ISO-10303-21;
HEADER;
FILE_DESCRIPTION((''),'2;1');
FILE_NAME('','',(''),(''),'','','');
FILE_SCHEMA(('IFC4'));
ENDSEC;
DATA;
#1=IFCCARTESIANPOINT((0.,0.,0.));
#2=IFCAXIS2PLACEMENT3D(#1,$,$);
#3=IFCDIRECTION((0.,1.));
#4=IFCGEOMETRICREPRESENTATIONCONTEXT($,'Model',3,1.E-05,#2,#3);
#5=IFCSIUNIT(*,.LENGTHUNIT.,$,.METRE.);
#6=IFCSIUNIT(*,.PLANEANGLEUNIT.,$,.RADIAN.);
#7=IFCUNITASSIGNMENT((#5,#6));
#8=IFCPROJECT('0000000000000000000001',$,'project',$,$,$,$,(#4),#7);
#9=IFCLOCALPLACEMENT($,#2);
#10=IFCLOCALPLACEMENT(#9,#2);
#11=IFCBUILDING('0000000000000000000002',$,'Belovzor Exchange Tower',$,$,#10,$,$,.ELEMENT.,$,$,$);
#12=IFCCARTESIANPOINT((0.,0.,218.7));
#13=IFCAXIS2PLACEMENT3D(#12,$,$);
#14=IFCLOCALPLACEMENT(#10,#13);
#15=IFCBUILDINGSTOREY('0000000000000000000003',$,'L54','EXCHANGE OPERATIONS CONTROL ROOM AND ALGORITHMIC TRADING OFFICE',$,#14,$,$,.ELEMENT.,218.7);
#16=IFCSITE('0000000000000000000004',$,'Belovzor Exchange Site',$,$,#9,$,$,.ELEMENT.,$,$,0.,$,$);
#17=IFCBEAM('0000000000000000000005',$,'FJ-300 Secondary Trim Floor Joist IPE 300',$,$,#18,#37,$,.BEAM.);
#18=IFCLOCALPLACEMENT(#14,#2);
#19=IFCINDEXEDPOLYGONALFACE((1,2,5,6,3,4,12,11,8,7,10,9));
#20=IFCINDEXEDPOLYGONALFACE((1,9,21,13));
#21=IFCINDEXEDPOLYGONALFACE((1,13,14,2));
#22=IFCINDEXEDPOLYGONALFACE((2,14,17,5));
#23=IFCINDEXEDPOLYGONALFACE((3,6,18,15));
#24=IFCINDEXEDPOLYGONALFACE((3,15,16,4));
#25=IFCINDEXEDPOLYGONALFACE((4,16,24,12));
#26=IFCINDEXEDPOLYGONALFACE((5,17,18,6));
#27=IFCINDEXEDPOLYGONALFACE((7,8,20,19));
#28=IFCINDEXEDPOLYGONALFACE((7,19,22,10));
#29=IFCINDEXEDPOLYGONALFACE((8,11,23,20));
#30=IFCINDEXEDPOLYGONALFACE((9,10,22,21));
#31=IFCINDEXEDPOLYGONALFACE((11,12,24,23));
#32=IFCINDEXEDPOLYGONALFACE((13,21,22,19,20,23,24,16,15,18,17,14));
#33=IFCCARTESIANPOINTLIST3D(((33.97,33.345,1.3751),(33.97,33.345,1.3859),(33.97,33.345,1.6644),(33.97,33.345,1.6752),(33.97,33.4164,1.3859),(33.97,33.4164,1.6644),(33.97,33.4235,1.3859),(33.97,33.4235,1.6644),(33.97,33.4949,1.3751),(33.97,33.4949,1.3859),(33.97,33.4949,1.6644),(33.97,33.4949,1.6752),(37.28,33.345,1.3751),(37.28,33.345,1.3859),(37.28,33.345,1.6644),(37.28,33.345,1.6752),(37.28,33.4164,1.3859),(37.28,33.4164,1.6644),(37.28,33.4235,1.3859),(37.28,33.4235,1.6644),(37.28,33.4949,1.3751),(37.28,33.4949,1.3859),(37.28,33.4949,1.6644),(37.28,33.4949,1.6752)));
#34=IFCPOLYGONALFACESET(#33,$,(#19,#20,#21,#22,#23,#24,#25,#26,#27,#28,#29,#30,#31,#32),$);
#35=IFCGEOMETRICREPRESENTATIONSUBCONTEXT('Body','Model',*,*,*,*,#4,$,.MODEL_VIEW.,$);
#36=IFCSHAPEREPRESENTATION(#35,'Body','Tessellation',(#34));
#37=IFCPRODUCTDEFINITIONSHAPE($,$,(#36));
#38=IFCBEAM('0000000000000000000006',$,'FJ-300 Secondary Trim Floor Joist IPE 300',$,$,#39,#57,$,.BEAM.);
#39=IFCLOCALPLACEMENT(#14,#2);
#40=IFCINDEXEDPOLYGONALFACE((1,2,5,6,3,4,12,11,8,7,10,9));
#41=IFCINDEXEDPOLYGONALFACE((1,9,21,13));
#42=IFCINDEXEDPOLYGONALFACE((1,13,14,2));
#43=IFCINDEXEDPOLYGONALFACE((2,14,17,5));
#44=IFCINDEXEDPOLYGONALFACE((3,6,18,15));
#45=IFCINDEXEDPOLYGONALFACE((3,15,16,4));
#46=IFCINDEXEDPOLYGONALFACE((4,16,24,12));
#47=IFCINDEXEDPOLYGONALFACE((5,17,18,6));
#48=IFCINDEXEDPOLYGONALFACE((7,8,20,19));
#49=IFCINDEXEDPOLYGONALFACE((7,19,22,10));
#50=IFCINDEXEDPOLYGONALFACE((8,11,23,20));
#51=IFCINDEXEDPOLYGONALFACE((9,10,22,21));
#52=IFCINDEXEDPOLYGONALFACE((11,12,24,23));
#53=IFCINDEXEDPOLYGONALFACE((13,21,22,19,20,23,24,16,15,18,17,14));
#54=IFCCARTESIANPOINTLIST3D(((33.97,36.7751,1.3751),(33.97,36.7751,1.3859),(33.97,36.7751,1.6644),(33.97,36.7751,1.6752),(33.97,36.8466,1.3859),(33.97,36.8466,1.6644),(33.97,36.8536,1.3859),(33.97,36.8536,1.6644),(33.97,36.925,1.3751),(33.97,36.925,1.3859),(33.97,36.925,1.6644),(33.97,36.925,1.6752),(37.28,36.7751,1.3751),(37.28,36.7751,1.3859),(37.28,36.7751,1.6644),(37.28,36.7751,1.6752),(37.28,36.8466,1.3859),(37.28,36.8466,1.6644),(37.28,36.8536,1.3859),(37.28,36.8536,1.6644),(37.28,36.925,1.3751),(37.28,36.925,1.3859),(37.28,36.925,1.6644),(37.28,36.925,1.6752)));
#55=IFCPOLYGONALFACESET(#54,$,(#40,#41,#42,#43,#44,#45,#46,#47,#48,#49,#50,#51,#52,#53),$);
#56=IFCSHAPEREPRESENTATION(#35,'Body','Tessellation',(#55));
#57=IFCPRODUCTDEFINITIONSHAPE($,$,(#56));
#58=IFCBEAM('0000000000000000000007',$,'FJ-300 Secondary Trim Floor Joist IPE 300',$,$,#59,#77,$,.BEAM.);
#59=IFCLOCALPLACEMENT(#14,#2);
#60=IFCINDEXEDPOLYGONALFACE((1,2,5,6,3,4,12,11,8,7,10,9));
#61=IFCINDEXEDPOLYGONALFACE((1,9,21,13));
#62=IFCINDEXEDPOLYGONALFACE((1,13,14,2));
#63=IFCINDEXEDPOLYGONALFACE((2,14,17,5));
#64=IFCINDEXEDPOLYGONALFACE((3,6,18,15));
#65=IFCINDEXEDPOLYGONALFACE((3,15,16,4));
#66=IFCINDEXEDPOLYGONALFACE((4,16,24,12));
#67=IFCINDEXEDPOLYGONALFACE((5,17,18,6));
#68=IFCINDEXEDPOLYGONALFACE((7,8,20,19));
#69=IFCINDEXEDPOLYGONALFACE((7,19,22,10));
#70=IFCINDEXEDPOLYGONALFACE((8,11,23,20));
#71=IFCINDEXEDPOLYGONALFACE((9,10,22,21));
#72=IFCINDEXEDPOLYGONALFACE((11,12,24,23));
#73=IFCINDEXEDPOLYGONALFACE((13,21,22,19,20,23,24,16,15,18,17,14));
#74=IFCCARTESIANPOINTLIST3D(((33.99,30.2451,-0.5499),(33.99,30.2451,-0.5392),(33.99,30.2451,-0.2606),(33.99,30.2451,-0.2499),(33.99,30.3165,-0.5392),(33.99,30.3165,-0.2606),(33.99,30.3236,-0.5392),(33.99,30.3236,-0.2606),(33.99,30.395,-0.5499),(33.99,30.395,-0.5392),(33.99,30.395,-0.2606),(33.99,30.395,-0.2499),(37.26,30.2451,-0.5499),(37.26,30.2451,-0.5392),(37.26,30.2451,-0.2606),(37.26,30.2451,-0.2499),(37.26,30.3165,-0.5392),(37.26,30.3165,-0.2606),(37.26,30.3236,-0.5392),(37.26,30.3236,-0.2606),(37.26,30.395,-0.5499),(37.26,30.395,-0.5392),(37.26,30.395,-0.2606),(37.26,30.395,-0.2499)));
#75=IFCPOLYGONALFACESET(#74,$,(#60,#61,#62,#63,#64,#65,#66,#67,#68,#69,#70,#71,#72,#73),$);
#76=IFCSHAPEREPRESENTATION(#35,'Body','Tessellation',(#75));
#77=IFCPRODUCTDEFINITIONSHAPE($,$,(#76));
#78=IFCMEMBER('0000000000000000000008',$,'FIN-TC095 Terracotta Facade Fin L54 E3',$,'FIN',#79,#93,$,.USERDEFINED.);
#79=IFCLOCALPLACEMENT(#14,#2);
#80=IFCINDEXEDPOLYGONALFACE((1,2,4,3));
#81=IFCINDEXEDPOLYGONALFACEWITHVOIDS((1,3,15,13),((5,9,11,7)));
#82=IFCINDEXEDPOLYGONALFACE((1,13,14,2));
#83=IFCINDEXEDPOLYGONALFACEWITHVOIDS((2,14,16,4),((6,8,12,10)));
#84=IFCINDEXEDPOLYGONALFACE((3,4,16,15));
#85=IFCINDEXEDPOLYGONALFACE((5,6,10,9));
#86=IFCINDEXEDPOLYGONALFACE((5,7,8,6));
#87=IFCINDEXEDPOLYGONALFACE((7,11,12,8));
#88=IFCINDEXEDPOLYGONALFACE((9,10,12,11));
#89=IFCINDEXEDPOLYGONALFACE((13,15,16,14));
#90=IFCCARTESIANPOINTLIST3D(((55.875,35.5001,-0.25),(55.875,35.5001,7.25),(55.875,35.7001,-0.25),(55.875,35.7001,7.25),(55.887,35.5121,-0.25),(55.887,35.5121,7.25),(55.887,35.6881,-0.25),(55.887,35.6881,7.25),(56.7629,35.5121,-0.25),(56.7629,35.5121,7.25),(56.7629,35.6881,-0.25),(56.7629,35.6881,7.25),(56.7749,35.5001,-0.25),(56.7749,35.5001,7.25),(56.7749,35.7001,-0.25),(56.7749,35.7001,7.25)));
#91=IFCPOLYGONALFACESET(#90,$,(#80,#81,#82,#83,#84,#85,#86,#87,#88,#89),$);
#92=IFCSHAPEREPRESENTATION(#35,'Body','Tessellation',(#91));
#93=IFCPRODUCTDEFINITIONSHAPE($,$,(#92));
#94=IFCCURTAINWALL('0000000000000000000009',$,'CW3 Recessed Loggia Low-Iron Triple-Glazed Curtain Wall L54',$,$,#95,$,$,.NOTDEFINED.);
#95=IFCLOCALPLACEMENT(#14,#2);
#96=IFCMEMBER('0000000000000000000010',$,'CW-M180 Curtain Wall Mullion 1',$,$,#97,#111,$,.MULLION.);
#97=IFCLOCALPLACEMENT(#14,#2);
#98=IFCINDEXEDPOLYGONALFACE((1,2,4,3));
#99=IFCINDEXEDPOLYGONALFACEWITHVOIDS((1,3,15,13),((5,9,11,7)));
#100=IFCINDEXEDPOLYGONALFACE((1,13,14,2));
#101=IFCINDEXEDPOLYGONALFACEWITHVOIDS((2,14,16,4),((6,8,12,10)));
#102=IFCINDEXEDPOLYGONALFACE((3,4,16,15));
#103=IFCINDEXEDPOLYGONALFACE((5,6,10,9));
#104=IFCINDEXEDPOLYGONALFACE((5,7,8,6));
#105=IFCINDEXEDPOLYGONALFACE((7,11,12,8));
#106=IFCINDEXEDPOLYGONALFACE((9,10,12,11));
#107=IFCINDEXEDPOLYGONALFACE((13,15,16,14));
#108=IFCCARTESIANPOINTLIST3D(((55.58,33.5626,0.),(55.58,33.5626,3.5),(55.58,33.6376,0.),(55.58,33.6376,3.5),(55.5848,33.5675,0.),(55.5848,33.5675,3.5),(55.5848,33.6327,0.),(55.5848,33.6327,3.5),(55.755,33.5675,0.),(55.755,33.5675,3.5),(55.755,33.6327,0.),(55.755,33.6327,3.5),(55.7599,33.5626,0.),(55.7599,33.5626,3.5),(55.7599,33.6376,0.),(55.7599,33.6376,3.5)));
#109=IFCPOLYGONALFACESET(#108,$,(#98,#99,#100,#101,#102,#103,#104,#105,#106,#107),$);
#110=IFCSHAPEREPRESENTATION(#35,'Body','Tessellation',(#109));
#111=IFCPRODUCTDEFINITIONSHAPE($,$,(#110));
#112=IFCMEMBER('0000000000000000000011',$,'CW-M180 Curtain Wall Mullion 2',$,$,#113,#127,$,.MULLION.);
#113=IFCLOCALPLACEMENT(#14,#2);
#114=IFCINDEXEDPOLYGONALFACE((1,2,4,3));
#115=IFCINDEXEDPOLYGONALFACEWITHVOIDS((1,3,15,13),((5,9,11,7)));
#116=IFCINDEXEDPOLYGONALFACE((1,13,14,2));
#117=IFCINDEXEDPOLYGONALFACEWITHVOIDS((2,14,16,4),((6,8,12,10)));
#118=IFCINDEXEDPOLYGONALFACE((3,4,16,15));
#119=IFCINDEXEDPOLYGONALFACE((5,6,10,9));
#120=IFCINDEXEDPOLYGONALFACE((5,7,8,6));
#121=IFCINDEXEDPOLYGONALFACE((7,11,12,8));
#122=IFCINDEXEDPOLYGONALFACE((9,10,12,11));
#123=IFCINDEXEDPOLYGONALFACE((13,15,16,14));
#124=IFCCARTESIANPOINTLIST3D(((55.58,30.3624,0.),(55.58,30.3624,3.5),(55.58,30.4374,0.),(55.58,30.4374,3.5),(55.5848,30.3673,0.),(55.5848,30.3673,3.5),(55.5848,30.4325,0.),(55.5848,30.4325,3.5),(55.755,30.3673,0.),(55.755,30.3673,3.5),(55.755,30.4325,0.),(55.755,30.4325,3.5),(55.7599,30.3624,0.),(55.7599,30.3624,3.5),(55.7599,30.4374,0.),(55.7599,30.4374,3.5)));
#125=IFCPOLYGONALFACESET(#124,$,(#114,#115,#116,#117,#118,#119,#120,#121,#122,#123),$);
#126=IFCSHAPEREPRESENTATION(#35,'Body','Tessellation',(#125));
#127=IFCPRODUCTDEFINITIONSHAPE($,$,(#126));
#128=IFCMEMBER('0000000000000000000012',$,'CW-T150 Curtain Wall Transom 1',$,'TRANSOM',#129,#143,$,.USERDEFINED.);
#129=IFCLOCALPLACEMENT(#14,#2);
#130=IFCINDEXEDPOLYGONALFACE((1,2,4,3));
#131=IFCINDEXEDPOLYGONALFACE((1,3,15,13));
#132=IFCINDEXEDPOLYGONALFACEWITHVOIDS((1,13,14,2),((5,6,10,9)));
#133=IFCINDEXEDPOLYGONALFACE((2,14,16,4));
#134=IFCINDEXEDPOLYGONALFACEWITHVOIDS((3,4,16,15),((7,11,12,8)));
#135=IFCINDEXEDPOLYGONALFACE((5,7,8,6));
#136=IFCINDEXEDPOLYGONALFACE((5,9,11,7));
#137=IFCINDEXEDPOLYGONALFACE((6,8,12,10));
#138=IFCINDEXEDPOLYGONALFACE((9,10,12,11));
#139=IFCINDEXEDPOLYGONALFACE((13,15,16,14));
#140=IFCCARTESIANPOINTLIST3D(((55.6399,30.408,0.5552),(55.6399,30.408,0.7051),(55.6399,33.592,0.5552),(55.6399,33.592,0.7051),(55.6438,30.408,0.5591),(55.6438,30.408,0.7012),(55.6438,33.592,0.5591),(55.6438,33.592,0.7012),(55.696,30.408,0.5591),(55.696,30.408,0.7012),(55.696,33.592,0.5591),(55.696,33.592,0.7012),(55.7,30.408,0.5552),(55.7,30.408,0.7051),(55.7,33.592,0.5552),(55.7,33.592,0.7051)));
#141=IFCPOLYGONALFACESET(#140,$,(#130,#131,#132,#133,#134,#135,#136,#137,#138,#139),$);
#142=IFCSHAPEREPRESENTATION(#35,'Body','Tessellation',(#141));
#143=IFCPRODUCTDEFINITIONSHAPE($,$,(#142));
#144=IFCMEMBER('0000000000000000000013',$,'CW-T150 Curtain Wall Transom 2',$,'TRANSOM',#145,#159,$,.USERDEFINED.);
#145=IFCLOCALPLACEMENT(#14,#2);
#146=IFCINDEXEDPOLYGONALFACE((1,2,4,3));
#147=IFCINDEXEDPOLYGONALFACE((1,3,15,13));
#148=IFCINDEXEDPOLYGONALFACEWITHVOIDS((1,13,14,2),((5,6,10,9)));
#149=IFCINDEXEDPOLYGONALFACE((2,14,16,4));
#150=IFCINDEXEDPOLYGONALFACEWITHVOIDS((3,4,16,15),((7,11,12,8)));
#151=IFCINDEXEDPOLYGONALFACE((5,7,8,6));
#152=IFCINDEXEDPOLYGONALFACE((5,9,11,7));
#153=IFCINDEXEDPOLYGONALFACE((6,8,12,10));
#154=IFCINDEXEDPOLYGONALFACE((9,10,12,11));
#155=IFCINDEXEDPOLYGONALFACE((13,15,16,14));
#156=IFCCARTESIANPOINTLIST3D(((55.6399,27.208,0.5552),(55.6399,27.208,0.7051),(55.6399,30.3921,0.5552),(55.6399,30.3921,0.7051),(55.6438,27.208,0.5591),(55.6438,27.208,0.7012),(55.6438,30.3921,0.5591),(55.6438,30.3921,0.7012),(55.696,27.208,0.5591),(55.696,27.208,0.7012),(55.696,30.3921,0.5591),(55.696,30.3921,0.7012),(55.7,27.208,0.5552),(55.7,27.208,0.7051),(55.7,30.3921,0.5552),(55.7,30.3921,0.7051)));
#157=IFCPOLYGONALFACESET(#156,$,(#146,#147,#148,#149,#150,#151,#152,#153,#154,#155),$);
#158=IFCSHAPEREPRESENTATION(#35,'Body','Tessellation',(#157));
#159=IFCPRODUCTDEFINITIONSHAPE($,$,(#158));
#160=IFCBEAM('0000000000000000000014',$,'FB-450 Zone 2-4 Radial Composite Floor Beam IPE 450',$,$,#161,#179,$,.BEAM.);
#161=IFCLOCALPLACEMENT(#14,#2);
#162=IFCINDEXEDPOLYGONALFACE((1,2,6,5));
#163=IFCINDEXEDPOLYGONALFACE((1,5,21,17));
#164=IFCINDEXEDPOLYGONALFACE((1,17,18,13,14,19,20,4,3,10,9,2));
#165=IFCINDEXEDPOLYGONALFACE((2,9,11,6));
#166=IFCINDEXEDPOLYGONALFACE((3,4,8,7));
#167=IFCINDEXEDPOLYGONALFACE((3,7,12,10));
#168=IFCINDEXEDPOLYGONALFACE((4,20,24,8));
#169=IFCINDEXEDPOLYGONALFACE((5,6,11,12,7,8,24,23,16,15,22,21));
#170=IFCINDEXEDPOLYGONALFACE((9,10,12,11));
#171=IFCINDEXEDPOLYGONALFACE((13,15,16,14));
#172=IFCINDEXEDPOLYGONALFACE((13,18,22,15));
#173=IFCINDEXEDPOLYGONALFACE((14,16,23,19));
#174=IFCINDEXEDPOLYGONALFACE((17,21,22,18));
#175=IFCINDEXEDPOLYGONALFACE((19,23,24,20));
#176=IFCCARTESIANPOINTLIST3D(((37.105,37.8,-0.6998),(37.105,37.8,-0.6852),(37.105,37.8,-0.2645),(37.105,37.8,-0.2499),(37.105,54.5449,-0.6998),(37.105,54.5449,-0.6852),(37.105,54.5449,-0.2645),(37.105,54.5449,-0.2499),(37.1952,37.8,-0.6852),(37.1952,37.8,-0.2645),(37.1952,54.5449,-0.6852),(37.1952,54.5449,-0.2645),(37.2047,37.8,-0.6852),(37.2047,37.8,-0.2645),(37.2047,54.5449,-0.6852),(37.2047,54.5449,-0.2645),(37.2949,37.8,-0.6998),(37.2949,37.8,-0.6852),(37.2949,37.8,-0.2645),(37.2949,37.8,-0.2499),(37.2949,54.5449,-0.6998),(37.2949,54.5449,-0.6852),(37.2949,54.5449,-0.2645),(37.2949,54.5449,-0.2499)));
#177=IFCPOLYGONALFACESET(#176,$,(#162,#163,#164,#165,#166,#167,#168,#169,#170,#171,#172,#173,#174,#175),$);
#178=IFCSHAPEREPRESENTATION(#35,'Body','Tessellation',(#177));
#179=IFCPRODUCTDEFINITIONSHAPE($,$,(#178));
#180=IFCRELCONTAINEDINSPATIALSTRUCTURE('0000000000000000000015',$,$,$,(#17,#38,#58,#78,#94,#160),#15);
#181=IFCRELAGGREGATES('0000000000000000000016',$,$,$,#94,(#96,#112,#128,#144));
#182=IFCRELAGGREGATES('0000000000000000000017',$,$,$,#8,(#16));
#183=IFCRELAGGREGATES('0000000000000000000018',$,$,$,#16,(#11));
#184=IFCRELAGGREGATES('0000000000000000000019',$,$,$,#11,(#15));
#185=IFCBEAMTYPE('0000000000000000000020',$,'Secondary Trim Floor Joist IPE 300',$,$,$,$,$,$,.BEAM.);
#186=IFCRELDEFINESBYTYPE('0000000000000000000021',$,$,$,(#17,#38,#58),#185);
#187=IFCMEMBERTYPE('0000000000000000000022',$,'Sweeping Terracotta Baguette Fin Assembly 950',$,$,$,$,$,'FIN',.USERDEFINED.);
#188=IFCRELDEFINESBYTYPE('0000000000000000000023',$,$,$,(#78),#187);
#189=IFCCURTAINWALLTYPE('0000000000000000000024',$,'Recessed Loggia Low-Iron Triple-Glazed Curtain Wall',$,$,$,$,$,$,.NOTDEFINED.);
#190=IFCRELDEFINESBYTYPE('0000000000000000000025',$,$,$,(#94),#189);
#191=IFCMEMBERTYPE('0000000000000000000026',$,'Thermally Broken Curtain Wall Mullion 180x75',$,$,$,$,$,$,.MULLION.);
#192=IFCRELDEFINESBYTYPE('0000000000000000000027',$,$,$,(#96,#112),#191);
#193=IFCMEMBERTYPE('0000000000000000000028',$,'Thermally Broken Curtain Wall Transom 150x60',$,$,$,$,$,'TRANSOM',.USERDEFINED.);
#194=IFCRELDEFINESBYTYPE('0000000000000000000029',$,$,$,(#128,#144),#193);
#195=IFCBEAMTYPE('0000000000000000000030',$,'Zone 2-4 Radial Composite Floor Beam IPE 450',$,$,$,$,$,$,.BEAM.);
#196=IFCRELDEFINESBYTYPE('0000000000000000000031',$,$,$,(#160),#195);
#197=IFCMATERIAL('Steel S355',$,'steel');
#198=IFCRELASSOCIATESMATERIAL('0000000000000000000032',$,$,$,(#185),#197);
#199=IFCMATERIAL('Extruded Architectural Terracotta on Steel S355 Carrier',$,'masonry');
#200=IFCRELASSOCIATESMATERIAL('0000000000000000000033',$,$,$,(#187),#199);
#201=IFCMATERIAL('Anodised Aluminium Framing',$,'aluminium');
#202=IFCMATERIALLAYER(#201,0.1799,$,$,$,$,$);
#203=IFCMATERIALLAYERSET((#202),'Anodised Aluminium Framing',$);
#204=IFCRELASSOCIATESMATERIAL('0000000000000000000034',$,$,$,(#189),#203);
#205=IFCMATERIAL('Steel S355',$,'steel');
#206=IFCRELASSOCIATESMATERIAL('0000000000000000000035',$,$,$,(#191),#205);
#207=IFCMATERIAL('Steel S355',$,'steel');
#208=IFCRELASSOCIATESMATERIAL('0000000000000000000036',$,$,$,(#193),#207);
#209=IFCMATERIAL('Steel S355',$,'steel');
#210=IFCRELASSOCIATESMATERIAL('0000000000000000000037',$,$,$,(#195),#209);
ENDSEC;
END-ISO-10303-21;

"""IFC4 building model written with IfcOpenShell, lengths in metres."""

from ifc_helpers import new_model, si_unit, direction, frame, origin, origin_2d, place, context, subcontext, project, spatial, hollow_rectangle, i_section, extrude, material, layer, layer_set, material_profile, profile_set, type_object, element, aggregate, save


model = new_model("IFC4")

# Units and contexts
model_context = context("Model", 3, precision=1e-05, world=origin(), true_north=direction((0.0, 1.0)))
body_context = subcontext(model_context, "Body", "Model", "MODEL_VIEW")
ifc_project = project(units=[si_unit("LENGTHUNIT", "METRE"), si_unit("PLANEANGLEUNIT", "RADIAN")], contexts=[model_context])

# Site, building, storey
site_placement = place(None, origin())
site = spatial("IfcSite", under=ifc_project, at=site_placement, Name="Belovzor Exchange Site", CompositionType="ELEMENT", RefElevation=0.0)
building_placement = place(site_placement, origin())
building = spatial("IfcBuilding", under=site, at=building_placement, Name="Belovzor Exchange Tower", CompositionType="ELEMENT")
storey_placement = place(building_placement, frame((0.0, 0.0, 218.7)))
storey = spatial("IfcBuildingStorey", under=building, at=storey_placement, Name="L54", Description="EXCHANGE OPERATIONS CONTROL ROOM AND ALGORITHMIC TRADING OFFICE", CompositionType="ELEMENT", Elevation=218.7)

# Beams
ifc_material_1 = material(Name="Steel S355", Category="steel")
ifc_material_profile_1 = material_profile(ifc_material_1, i_section(OverallWidth=0.1499, OverallDepth=0.3, WebThickness=0.0071, FlangeThickness=0.0107, at=origin_2d()))
ifc_profile_set_1 = profile_set([ifc_material_profile_1], Name="Steel S355")
beam_type_1 = type_object("IfcBeamType", Name="Secondary Trim Floor Joist IPE 300", PredefinedType="BEAM", material=ifc_profile_set_1)
for number, where, z_axis, x_axis, name in (
    (1, (37.28, 33.4199, 1.5251), (-1.0, 0.0, 0.0), (0.0, -1.0, 0.0), "FJ-300 Secondary Trim Floor Joist IPE 300"),
    (2, (37.28, 36.8501, 1.5251), (-1.0, 0.0, 0.0), (0.0, -1.0, 0.0), "FJ-300 Secondary Trim Floor Joist IPE 300"),
):
    element("IfcBeam", number, at=place(storey_placement, frame(where, z_axis=z_axis, x_axis=x_axis)), inside=storey, type_object=beam_type_1, Name=name, PredefinedType="BEAM", context=body_context, shape_type="SweptSolid", body=[
        extrude(i_section(OverallWidth=0.1499, OverallDepth=0.3, WebThickness=0.0071, FlangeThickness=0.0107, at=origin_2d()), origin(), (0.0, 0.0, 1.0), 3.3101),
    ])
beam_1_placement = place(storey_placement, frame((37.26, 30.3201, -0.3999), z_axis=(-1.0, 0.0, 0.0), x_axis=(0.0, -1.0, 0.0)))
element("IfcBeam", 3, at=beam_1_placement, inside=storey, type_object=beam_type_1, Name="FJ-300 Secondary Trim Floor Joist IPE 300", PredefinedType="BEAM", context=body_context, shape_type="SweptSolid", body=[
    extrude(i_section(OverallWidth=0.1499, OverallDepth=0.3, WebThickness=0.0071, FlangeThickness=0.0107, at=origin_2d()), origin(), (0.0, 0.0, 1.0), 3.27),
])

# Member
ifc_material_2 = material(Name="Extruded Architectural Terracotta on Steel S355 Carrier", Category="masonry")
ifc_material_profile_2 = material_profile(ifc_material_2, hollow_rectangle(XDim=0.2, YDim=0.8999, WallThickness=0.012, at=origin_2d()))
ifc_profile_set_2 = profile_set([ifc_material_profile_2], Name="Extruded Architectural Terracotta on Steel S355 Carrier")
member_type_1 = type_object("IfcMemberType", Name="Sweeping Terracotta Baguette Fin Assembly 950", ElementType="FIN", PredefinedType="USERDEFINED", material=ifc_profile_set_2)
member_1_placement = place(storey_placement, frame((56.325, 35.6001, -0.25), z_axis=(0.0, 0.0, 1.0), x_axis=(0.0, 1.0, 0.0)))
element("IfcMember", 4, at=member_1_placement, inside=storey, type_object=member_type_1, Name="FIN-TC095 Terracotta Facade Fin L54 E3", ObjectType="FIN", PredefinedType="USERDEFINED", context=body_context, shape_type="SweptSolid", body=[
    extrude(hollow_rectangle(XDim=0.2, YDim=0.8999, WallThickness=0.012, at=origin_2d()), origin(), (0.0, 0.0, 1.0), 7.5),
])

# Curtain wall, members
ifc_material_3 = material(Name="Anodised Aluminium Framing", Category="aluminium")
ifc_layer_1 = layer(ifc_material_3, 0.1799)
ifc_layer_set_1 = layer_set([ifc_layer_1], Name="Anodised Aluminium Framing")
curtain_wall_type = type_object("IfcCurtainWallType", Name="Recessed Loggia Low-Iron Triple-Glazed Curtain Wall", PredefinedType="NOTDEFINED", material=ifc_layer_set_1)
curtain_wall_placement = place(storey_placement, origin())
curtain_wall = element("IfcCurtainWall", 5, at=curtain_wall_placement, inside=storey, type_object=curtain_wall_type, Name="CW3 Recessed Loggia Low-Iron Triple-Glazed Curtain Wall L54", PredefinedType="NOTDEFINED")
ifc_material_4 = material(Name="Steel S355", Category="steel")
ifc_material_profile_3 = material_profile(ifc_material_4, hollow_rectangle(XDim=0.075, YDim=0.1799, WallThickness=0.0049, at=origin_2d()))
ifc_profile_set_3 = profile_set([ifc_material_profile_3], Name="Steel S355")
member_type_2 = type_object("IfcMemberType", Name="Thermally Broken Curtain Wall Mullion 180x75", PredefinedType="MULLION", material=ifc_profile_set_3)
member_2_placement = place(storey_placement, frame((55.6699, 33.6001, 0.0), z_axis=(0.0, 0.0, 1.0), x_axis=(0.0, -1.0, 0.0)))
member_2 = element("IfcMember", 6, at=member_2_placement, type_object=member_type_2, Name="CW-M180 Curtain Wall Mullion 1", PredefinedType="MULLION", context=body_context, shape_type="SweptSolid", body=[
    extrude(hollow_rectangle(XDim=0.075, YDim=0.1799, WallThickness=0.0049, at=origin_2d()), origin(), (0.0, 0.0, 1.0), 3.5),
])
member_3_placement = place(storey_placement, frame((55.6699, 30.3999, 0.0), z_axis=(0.0, 0.0, 1.0), x_axis=(0.0, -1.0, 0.0)))
member_3 = element("IfcMember", 7, at=member_3_placement, type_object=member_type_2, Name="CW-M180 Curtain Wall Mullion 2", PredefinedType="MULLION", context=body_context, shape_type="SweptSolid", body=[
    extrude(hollow_rectangle(XDim=0.075, YDim=0.1799, WallThickness=0.0049, at=origin_2d()), origin(), (0.0, 0.0, 1.0), 3.5),
])
ifc_material_5 = material(Name="Steel S355", Category="steel")
ifc_material_profile_4 = material_profile(ifc_material_5, hollow_rectangle(XDim=0.0601, YDim=0.1499, WallThickness=0.0039, at=origin_2d()))
ifc_profile_set_4 = profile_set([ifc_material_profile_4], Name="Steel S355")
member_type_3 = type_object("IfcMemberType", Name="Thermally Broken Curtain Wall Transom 150x60", ElementType="TRANSOM", PredefinedType="USERDEFINED", material=ifc_profile_set_4)
member_4_placement = place(storey_placement, frame((55.6699, 33.592, 0.6301), z_axis=(0.0, -1.0, 0.0), x_axis=(1.0, 0.0, 0.0)))
member_4 = element("IfcMember", 8, at=member_4_placement, type_object=member_type_3, Name="CW-T150 Curtain Wall Transom 1", ObjectType="TRANSOM", PredefinedType="USERDEFINED", context=body_context, shape_type="SweptSolid", body=[
    extrude(hollow_rectangle(XDim=0.0601, YDim=0.1499, WallThickness=0.0039, at=origin_2d()), origin(), (0.0, 0.0, 1.0), 3.1841),
])
member_5_placement = place(storey_placement, frame((55.6699, 30.3921, 0.6301), z_axis=(0.0, -1.0, 0.0), x_axis=(1.0, 0.0, 0.0)))
member_5 = element("IfcMember", 9, at=member_5_placement, type_object=member_type_3, Name="CW-T150 Curtain Wall Transom 2", ObjectType="TRANSOM", PredefinedType="USERDEFINED", context=body_context, shape_type="SweptSolid", body=[
    extrude(hollow_rectangle(XDim=0.0601, YDim=0.1499, WallThickness=0.0039, at=origin_2d()), origin(), (0.0, 0.0, 1.0), 3.1841),
])

# Beam
ifc_material_6 = material(Name="Steel S355", Category="steel")
ifc_material_profile_5 = material_profile(ifc_material_6, i_section(OverallWidth=0.1899, OverallDepth=0.45, WebThickness=0.0095, FlangeThickness=0.0146, at=origin_2d()))
ifc_profile_set_5 = profile_set([ifc_material_profile_5], Name="Steel S355")
beam_type_2 = type_object("IfcBeamType", Name="Zone 2-4 Radial Composite Floor Beam IPE 450", PredefinedType="BEAM", material=ifc_profile_set_5)
for number, where, z_axis, x_axis, name in (
    (10, (37.2, 37.8, -0.4749), (0.0, 1.0, 0.0), (-1.0, 0.0, 0.0), "FB-450 Zone 2-4 Radial Composite Floor Beam IPE 450"),
):
    element("IfcBeam", number, at=place(storey_placement, frame(where, z_axis=z_axis, x_axis=x_axis)), inside=storey, type_object=beam_type_2, Name=name, PredefinedType="BEAM", context=body_context, shape_type="SweptSolid", body=[
        extrude(i_section(OverallWidth=0.1899, OverallDepth=0.45, WebThickness=0.0095, FlangeThickness=0.0146, at=origin_2d()), origin(), (0.0, 0.0, 1.0), 16.7449),
    ])

aggregate(curtain_wall, [member_2, member_3, member_4, member_5])

save(model, "model.ifc")
